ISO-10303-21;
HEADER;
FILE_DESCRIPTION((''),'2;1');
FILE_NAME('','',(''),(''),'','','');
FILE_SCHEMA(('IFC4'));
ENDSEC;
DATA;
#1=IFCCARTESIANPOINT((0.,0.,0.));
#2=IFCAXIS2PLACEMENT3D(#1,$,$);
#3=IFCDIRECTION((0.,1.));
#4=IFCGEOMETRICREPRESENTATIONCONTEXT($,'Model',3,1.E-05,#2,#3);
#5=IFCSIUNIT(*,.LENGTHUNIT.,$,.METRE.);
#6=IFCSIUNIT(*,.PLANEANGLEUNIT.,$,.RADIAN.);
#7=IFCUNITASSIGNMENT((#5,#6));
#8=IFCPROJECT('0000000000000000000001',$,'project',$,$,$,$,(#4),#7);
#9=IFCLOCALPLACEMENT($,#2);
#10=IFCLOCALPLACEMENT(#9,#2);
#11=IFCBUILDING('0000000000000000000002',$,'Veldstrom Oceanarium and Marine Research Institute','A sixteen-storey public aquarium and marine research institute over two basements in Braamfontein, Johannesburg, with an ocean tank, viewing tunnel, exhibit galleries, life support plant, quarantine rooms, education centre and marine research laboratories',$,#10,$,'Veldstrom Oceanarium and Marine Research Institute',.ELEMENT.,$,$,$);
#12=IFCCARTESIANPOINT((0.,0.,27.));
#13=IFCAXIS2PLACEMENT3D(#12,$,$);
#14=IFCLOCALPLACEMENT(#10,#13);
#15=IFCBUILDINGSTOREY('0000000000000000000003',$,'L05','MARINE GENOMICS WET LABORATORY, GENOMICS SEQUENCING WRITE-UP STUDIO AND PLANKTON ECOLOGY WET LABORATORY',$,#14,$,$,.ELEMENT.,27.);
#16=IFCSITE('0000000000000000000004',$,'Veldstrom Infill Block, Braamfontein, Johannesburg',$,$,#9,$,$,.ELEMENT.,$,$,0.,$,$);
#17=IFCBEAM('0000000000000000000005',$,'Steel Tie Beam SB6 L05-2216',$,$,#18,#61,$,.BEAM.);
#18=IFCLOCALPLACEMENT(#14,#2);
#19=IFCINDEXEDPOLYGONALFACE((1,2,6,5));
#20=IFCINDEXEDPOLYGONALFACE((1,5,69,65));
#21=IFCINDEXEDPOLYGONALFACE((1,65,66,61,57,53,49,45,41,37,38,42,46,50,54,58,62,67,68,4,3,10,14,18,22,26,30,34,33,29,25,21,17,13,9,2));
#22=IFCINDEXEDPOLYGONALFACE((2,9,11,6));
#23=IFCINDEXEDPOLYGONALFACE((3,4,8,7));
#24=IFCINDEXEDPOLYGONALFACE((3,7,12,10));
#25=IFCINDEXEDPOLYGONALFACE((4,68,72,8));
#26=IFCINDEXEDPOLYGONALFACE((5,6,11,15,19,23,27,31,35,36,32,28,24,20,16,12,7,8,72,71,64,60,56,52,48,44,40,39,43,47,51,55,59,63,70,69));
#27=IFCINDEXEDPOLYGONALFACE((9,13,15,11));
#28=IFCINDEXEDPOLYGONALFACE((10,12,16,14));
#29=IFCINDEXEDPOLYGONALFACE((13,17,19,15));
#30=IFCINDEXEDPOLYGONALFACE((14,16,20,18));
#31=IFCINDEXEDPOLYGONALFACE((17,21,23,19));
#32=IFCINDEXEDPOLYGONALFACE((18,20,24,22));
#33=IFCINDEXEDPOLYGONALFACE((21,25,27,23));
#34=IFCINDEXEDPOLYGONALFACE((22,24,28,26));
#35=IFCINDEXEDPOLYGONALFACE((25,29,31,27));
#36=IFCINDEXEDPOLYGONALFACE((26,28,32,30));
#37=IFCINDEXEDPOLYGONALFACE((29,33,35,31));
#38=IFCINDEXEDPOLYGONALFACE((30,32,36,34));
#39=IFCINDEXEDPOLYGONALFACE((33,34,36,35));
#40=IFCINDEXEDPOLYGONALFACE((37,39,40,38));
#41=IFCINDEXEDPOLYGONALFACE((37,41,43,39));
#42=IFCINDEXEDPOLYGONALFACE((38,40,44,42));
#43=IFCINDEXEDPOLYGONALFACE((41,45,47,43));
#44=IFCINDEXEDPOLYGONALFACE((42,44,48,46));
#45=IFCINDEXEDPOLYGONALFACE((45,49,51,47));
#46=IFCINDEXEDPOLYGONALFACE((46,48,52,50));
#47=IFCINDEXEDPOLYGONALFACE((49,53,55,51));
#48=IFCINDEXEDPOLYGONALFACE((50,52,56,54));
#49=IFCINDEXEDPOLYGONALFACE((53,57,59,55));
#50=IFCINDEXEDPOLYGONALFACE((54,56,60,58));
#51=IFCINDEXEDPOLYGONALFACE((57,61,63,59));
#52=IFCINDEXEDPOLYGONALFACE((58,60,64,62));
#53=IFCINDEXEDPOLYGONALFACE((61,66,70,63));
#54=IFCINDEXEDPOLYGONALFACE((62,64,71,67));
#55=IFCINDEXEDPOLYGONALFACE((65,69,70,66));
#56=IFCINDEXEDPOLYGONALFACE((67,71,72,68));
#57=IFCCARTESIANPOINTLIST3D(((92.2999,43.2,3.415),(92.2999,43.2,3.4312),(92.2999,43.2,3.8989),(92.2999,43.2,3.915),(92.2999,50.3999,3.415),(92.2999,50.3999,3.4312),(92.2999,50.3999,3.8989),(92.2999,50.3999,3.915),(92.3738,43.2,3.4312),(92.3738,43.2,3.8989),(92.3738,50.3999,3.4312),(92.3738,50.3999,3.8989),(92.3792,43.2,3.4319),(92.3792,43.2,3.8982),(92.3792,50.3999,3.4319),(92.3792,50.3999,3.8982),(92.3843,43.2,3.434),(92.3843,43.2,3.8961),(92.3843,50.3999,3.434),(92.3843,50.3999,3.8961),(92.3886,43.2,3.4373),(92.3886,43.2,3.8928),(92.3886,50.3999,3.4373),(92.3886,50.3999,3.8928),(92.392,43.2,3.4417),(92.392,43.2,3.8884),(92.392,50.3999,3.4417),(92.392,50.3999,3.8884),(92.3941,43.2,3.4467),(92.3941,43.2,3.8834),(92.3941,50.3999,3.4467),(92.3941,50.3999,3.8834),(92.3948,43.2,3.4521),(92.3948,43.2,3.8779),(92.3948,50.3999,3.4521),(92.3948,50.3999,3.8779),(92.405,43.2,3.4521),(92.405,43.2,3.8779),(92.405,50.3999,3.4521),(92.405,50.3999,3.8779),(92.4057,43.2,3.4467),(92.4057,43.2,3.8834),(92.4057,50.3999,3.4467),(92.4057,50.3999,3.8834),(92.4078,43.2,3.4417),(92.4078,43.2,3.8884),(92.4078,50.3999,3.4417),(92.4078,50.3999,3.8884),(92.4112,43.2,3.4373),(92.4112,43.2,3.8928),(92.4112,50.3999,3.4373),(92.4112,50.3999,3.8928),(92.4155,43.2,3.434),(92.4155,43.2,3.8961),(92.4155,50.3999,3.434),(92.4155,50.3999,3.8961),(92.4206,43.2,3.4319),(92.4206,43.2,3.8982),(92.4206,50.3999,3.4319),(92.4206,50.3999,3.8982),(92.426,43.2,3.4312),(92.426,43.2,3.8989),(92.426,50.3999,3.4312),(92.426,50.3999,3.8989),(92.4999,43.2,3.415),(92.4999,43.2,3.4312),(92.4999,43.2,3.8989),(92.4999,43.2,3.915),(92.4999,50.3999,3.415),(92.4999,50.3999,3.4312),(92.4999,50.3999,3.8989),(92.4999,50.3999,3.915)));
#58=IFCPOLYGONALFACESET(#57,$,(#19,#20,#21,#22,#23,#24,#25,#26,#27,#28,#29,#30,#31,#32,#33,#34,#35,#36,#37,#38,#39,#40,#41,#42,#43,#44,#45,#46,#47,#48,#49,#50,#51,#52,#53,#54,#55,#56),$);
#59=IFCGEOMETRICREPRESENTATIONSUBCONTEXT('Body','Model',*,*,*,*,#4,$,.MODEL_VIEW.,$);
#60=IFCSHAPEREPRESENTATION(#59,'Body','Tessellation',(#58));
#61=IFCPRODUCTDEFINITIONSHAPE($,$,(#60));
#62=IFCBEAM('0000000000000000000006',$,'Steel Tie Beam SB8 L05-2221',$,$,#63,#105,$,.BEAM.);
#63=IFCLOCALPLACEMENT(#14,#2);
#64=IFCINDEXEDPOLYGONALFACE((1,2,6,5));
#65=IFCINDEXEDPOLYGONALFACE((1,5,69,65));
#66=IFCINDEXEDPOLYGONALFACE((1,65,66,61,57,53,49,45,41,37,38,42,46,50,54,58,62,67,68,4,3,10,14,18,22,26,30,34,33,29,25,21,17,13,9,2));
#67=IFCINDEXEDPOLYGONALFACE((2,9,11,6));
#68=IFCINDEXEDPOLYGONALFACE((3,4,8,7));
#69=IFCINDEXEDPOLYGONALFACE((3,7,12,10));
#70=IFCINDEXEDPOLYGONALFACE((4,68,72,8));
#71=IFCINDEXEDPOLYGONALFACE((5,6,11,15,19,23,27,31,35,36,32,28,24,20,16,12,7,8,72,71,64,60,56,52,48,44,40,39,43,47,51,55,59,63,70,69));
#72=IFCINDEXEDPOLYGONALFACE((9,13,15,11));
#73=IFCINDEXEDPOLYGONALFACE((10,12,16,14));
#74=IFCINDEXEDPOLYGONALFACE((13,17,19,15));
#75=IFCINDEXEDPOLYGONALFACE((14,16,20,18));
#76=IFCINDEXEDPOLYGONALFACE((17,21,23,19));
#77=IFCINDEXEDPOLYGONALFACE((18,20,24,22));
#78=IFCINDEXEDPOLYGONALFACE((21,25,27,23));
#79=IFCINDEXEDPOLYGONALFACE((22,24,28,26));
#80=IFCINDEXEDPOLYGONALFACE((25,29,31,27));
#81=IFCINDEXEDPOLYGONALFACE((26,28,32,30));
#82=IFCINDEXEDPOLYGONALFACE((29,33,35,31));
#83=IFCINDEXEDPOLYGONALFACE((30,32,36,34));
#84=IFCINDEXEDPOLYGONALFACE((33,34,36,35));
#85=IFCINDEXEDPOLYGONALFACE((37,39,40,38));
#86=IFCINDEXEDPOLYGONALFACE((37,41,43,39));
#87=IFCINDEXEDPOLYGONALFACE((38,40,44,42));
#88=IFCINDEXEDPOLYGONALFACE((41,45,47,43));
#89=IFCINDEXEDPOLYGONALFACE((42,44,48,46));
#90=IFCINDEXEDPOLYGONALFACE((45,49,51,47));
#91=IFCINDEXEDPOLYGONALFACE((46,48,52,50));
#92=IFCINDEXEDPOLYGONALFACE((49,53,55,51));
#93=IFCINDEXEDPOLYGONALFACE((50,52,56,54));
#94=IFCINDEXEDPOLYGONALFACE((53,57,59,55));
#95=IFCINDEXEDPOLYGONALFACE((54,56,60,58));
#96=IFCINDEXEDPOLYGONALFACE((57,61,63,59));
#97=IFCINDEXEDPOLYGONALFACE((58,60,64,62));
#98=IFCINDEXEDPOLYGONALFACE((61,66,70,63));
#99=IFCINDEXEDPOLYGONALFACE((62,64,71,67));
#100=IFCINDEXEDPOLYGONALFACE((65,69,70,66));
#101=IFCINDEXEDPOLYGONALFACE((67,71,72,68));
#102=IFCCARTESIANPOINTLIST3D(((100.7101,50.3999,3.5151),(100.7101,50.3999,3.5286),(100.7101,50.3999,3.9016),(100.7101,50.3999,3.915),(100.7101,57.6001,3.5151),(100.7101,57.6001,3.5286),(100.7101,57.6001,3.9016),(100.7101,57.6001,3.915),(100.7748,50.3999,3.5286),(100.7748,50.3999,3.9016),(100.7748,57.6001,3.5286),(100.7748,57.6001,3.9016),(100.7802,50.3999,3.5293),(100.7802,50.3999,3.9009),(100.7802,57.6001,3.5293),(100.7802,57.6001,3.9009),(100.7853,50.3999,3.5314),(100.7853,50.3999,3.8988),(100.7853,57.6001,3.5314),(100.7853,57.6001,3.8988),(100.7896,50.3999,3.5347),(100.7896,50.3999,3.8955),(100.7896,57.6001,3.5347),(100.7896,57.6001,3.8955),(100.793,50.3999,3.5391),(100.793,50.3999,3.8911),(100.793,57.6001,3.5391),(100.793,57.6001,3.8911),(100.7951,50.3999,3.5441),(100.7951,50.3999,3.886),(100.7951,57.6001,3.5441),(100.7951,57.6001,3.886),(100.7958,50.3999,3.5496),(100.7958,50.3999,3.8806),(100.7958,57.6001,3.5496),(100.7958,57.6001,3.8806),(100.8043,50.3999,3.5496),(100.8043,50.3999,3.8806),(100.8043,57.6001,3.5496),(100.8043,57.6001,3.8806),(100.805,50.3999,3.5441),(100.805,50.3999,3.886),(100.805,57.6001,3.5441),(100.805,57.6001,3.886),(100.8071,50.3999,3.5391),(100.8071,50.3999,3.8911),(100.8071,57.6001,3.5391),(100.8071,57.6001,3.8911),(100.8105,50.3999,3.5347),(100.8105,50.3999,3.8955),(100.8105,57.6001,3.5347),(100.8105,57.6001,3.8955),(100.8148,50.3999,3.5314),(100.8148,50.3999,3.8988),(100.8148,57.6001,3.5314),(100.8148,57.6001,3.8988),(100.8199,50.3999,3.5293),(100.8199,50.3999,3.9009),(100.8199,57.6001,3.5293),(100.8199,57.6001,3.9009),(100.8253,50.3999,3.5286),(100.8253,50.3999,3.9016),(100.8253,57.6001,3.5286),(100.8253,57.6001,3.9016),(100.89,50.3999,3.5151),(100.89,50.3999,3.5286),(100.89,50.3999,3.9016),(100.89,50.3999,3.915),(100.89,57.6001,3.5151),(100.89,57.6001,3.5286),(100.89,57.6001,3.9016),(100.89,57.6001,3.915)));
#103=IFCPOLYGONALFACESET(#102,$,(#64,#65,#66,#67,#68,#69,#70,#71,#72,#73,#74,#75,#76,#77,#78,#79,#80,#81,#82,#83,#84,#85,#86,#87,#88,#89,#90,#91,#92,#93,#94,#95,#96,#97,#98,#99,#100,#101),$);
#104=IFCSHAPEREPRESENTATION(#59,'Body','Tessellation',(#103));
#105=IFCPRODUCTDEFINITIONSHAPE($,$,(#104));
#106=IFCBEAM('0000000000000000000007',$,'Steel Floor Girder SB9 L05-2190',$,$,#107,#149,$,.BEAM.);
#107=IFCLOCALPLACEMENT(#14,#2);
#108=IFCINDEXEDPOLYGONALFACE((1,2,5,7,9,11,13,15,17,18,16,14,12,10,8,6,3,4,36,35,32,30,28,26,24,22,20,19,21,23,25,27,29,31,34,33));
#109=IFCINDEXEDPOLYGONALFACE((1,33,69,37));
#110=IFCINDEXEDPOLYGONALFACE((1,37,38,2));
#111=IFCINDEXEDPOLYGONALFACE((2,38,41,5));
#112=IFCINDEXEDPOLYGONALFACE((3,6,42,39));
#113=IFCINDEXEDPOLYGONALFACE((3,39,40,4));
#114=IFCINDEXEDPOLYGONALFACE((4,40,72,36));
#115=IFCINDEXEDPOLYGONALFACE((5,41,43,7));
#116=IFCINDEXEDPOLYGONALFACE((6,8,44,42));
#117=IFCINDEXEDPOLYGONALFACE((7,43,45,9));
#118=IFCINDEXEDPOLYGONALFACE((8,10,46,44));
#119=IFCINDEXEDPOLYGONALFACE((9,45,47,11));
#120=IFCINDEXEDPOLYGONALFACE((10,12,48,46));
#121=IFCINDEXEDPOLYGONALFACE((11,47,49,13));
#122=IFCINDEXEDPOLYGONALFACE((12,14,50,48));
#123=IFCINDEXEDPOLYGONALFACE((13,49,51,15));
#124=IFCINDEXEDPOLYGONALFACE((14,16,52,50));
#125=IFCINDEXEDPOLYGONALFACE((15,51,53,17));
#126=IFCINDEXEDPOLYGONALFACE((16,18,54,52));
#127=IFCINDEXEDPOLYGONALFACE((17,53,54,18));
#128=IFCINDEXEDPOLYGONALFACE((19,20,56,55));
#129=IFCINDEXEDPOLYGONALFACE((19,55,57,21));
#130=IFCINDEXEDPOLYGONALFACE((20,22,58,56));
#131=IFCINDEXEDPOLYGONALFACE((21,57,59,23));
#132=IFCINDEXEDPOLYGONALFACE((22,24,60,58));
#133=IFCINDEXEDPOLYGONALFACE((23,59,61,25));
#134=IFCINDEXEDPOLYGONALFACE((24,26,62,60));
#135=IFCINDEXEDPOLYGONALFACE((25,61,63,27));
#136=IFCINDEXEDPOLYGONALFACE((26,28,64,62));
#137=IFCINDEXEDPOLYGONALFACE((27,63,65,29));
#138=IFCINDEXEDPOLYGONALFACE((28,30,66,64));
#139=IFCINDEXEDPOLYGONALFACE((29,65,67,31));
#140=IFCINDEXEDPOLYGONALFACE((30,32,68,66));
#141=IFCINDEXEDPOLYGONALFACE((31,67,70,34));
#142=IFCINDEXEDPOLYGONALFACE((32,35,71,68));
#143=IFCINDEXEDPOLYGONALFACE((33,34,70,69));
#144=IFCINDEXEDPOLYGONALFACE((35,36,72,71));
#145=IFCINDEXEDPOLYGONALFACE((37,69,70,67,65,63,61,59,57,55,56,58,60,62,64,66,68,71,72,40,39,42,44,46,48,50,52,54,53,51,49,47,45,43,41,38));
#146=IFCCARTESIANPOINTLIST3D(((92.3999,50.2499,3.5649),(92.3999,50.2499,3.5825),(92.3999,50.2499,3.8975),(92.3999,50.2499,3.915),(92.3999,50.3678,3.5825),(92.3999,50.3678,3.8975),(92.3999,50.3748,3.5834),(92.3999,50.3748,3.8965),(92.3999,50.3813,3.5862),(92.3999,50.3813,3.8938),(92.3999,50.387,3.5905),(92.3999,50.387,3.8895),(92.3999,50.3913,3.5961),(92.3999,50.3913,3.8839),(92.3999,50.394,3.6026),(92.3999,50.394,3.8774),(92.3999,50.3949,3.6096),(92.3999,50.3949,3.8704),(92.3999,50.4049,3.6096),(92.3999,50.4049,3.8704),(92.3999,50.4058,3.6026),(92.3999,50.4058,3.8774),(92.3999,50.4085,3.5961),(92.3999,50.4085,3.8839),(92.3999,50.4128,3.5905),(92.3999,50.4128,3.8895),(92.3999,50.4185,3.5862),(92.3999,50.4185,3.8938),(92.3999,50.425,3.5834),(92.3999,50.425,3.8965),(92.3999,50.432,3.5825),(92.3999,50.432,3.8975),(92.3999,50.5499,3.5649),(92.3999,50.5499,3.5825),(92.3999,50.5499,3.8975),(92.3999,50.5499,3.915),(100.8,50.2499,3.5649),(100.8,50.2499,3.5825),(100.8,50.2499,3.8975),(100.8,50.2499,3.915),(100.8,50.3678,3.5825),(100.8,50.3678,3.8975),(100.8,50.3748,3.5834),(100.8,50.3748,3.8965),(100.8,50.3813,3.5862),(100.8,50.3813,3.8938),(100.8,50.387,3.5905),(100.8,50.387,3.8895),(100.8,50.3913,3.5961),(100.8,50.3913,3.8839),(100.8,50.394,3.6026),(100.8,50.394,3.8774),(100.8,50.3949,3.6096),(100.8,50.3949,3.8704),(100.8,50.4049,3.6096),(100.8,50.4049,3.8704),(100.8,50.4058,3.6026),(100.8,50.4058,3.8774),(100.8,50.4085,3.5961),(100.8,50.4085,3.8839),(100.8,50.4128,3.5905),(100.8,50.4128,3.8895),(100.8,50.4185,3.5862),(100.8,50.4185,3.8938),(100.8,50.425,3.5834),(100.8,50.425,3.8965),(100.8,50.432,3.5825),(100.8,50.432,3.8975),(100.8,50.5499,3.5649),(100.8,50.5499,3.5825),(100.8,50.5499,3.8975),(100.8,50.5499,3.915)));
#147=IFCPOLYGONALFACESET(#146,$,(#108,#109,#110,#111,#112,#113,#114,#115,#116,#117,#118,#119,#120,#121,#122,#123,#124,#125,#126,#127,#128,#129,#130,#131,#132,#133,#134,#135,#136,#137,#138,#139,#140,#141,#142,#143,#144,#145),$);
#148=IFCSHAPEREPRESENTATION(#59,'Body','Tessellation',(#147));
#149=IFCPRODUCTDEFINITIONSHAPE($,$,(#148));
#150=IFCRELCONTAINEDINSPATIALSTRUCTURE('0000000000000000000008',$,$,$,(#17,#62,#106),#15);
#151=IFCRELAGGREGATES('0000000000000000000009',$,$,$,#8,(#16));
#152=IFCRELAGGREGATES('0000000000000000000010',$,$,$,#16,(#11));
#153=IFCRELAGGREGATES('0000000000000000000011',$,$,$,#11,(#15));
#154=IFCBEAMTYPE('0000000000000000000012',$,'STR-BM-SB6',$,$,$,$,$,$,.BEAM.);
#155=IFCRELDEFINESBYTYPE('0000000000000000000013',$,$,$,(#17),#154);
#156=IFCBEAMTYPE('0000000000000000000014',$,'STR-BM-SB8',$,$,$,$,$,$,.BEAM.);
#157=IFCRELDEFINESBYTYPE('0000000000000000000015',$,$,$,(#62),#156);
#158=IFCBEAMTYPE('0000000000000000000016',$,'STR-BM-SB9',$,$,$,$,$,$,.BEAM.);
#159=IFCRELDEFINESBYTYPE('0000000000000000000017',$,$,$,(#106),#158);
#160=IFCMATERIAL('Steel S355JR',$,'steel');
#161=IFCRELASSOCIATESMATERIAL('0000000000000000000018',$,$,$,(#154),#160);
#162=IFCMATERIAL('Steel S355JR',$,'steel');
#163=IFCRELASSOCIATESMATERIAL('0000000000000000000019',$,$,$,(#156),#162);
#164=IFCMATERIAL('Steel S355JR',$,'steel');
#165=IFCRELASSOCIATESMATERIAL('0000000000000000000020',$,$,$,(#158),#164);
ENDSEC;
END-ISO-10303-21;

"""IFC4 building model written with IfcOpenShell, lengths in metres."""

from ifc_helpers import new_model, si_unit, direction, frame, origin, origin_2d, place, context, subcontext, project, spatial, i_section, extrude, material, material_profile, profile_set, type_object, element, save


model = new_model("IFC4")

# Units and contexts
model_context = context("Model", 3, precision=1e-05, world=origin(), true_north=direction((0.0, 1.0)))
body_context = subcontext(model_context, "Body", "Model", "MODEL_VIEW")
ifc_project = project(units=[si_unit("LENGTHUNIT", "METRE"), si_unit("PLANEANGLEUNIT", "RADIAN")], contexts=[model_context])

# Site, building, storey
site_placement = place(None, origin())
site = spatial("IfcSite", under=ifc_project, at=site_placement, Name="Veldstrom Infill Block, Braamfontein, Johannesburg", CompositionType="ELEMENT", RefElevation=0.0)
building_placement = place(site_placement, origin())
building = spatial("IfcBuilding", under=site, at=building_placement, Name="Veldstrom Oceanarium and Marine Research Institute", Description="A sixteen-storey public aquarium and marine research institute over two basements in Braamfontein, Johannesburg, with an ocean tank, viewing tunnel, exhibit galleries, life support plant, quarantine rooms, education centre and marine research laboratories", LongName="Veldstrom Oceanarium and Marine Research Institute", CompositionType="ELEMENT")
storey_placement = place(building_placement, frame((0.0, 0.0, 27.0)))
storey = spatial("IfcBuildingStorey", under=building, at=storey_placement, Name="L05", Description="MARINE GENOMICS WET LABORATORY, GENOMICS SEQUENCING WRITE-UP STUDIO AND PLANKTON ECOLOGY WET LABORATORY", CompositionType="ELEMENT", Elevation=27.0)

# Beams
ifc_material_1 = material(Name="Steel S355JR", Category="steel")
ifc_material_profile_1 = material_profile(ifc_material_1, i_section(OverallWidth=0.2, OverallDepth=0.5, WebThickness=0.0103, FlangeThickness=0.0161, FilletRadius=0.021, at=origin_2d()), Name="IPE 500")
ifc_profile_set_1 = profile_set([ifc_material_profile_1], Name="Steel S355JR")
beam_type_1 = type_object("IfcBeamType", Name="STR-BM-SB6", PredefinedType="BEAM", material=ifc_profile_set_1)
beam_1_placement = place(storey_placement, frame((92.3999, 43.2, 3.665), z_axis=(0.0, 1.0, 0.0), x_axis=(-1.0, 0.0, 0.0)))
element("IfcBeam", 1, at=beam_1_placement, inside=storey, type_object=beam_type_1, Name="Steel Tie Beam SB6 L05-2216", PredefinedType="BEAM", context=body_context, shape_type="SweptSolid", body=[
    extrude(i_section(OverallWidth=0.2, OverallDepth=0.5, WebThickness=0.0103, FlangeThickness=0.0161, FilletRadius=0.021, at=origin_2d()), origin(), (0.0, 0.0, 1.0), 7.2),
])
ifc_material_2 = material(Name="Steel S355JR", Category="steel")
ifc_material_profile_2 = material_profile(ifc_material_2, i_section(OverallWidth=0.1799, OverallDepth=0.3999, WebThickness=0.0085, FlangeThickness=0.0134, FilletRadius=0.021, at=origin_2d()), Name="IPE 400")
ifc_profile_set_2 = profile_set([ifc_material_profile_2], Name="Steel S355JR")
beam_type_2 = type_object("IfcBeamType", Name="STR-BM-SB8", PredefinedType="BEAM", material=ifc_profile_set_2)
beam_2_placement = place(storey_placement, frame((100.8, 50.3999, 3.7151), z_axis=(0.0, 1.0, 0.0), x_axis=(-1.0, 0.0, 0.0)))
element("IfcBeam", 2, at=beam_2_placement, inside=storey, type_object=beam_type_2, Name="Steel Tie Beam SB8 L05-2221", PredefinedType="BEAM", context=body_context, shape_type="SweptSolid", body=[
    extrude(i_section(OverallWidth=0.1799, OverallDepth=0.3999, WebThickness=0.0085, FlangeThickness=0.0134, FilletRadius=0.021, at=origin_2d()), origin(), (0.0, 0.0, 1.0), 7.2002),
])
ifc_material_3 = material(Name="Steel S355JR", Category="steel")
ifc_material_profile_3 = material_profile(ifc_material_3, i_section(OverallWidth=0.3, OverallDepth=0.3501, WebThickness=0.01, FlangeThickness=0.0176, FilletRadius=0.0271, at=origin_2d()), Name="HEA 360")
ifc_profile_set_3 = profile_set([ifc_material_profile_3], Name="Steel S355JR")
beam_type_3 = type_object("IfcBeamType", Name="STR-BM-SB9", PredefinedType="BEAM", material=ifc_profile_set_3)
beam_3_placement = place(storey_placement, frame((92.3999, 50.3999, 3.74), z_axis=(1.0, 0.0, 0.0), x_axis=(0.0, 1.0, 0.0)))
element("IfcBeam", 3, at=beam_3_placement, inside=storey, type_object=beam_type_3, Name="Steel Floor Girder SB9 L05-2190", PredefinedType="BEAM", context=body_context, shape_type="SweptSolid", body=[
    extrude(i_section(OverallWidth=0.3, OverallDepth=0.3501, WebThickness=0.01, FlangeThickness=0.0176, FilletRadius=0.0271, at=origin_2d()), origin(), (0.0, 0.0, 1.0), 8.4001),
])

save(model, "model.ifc")
